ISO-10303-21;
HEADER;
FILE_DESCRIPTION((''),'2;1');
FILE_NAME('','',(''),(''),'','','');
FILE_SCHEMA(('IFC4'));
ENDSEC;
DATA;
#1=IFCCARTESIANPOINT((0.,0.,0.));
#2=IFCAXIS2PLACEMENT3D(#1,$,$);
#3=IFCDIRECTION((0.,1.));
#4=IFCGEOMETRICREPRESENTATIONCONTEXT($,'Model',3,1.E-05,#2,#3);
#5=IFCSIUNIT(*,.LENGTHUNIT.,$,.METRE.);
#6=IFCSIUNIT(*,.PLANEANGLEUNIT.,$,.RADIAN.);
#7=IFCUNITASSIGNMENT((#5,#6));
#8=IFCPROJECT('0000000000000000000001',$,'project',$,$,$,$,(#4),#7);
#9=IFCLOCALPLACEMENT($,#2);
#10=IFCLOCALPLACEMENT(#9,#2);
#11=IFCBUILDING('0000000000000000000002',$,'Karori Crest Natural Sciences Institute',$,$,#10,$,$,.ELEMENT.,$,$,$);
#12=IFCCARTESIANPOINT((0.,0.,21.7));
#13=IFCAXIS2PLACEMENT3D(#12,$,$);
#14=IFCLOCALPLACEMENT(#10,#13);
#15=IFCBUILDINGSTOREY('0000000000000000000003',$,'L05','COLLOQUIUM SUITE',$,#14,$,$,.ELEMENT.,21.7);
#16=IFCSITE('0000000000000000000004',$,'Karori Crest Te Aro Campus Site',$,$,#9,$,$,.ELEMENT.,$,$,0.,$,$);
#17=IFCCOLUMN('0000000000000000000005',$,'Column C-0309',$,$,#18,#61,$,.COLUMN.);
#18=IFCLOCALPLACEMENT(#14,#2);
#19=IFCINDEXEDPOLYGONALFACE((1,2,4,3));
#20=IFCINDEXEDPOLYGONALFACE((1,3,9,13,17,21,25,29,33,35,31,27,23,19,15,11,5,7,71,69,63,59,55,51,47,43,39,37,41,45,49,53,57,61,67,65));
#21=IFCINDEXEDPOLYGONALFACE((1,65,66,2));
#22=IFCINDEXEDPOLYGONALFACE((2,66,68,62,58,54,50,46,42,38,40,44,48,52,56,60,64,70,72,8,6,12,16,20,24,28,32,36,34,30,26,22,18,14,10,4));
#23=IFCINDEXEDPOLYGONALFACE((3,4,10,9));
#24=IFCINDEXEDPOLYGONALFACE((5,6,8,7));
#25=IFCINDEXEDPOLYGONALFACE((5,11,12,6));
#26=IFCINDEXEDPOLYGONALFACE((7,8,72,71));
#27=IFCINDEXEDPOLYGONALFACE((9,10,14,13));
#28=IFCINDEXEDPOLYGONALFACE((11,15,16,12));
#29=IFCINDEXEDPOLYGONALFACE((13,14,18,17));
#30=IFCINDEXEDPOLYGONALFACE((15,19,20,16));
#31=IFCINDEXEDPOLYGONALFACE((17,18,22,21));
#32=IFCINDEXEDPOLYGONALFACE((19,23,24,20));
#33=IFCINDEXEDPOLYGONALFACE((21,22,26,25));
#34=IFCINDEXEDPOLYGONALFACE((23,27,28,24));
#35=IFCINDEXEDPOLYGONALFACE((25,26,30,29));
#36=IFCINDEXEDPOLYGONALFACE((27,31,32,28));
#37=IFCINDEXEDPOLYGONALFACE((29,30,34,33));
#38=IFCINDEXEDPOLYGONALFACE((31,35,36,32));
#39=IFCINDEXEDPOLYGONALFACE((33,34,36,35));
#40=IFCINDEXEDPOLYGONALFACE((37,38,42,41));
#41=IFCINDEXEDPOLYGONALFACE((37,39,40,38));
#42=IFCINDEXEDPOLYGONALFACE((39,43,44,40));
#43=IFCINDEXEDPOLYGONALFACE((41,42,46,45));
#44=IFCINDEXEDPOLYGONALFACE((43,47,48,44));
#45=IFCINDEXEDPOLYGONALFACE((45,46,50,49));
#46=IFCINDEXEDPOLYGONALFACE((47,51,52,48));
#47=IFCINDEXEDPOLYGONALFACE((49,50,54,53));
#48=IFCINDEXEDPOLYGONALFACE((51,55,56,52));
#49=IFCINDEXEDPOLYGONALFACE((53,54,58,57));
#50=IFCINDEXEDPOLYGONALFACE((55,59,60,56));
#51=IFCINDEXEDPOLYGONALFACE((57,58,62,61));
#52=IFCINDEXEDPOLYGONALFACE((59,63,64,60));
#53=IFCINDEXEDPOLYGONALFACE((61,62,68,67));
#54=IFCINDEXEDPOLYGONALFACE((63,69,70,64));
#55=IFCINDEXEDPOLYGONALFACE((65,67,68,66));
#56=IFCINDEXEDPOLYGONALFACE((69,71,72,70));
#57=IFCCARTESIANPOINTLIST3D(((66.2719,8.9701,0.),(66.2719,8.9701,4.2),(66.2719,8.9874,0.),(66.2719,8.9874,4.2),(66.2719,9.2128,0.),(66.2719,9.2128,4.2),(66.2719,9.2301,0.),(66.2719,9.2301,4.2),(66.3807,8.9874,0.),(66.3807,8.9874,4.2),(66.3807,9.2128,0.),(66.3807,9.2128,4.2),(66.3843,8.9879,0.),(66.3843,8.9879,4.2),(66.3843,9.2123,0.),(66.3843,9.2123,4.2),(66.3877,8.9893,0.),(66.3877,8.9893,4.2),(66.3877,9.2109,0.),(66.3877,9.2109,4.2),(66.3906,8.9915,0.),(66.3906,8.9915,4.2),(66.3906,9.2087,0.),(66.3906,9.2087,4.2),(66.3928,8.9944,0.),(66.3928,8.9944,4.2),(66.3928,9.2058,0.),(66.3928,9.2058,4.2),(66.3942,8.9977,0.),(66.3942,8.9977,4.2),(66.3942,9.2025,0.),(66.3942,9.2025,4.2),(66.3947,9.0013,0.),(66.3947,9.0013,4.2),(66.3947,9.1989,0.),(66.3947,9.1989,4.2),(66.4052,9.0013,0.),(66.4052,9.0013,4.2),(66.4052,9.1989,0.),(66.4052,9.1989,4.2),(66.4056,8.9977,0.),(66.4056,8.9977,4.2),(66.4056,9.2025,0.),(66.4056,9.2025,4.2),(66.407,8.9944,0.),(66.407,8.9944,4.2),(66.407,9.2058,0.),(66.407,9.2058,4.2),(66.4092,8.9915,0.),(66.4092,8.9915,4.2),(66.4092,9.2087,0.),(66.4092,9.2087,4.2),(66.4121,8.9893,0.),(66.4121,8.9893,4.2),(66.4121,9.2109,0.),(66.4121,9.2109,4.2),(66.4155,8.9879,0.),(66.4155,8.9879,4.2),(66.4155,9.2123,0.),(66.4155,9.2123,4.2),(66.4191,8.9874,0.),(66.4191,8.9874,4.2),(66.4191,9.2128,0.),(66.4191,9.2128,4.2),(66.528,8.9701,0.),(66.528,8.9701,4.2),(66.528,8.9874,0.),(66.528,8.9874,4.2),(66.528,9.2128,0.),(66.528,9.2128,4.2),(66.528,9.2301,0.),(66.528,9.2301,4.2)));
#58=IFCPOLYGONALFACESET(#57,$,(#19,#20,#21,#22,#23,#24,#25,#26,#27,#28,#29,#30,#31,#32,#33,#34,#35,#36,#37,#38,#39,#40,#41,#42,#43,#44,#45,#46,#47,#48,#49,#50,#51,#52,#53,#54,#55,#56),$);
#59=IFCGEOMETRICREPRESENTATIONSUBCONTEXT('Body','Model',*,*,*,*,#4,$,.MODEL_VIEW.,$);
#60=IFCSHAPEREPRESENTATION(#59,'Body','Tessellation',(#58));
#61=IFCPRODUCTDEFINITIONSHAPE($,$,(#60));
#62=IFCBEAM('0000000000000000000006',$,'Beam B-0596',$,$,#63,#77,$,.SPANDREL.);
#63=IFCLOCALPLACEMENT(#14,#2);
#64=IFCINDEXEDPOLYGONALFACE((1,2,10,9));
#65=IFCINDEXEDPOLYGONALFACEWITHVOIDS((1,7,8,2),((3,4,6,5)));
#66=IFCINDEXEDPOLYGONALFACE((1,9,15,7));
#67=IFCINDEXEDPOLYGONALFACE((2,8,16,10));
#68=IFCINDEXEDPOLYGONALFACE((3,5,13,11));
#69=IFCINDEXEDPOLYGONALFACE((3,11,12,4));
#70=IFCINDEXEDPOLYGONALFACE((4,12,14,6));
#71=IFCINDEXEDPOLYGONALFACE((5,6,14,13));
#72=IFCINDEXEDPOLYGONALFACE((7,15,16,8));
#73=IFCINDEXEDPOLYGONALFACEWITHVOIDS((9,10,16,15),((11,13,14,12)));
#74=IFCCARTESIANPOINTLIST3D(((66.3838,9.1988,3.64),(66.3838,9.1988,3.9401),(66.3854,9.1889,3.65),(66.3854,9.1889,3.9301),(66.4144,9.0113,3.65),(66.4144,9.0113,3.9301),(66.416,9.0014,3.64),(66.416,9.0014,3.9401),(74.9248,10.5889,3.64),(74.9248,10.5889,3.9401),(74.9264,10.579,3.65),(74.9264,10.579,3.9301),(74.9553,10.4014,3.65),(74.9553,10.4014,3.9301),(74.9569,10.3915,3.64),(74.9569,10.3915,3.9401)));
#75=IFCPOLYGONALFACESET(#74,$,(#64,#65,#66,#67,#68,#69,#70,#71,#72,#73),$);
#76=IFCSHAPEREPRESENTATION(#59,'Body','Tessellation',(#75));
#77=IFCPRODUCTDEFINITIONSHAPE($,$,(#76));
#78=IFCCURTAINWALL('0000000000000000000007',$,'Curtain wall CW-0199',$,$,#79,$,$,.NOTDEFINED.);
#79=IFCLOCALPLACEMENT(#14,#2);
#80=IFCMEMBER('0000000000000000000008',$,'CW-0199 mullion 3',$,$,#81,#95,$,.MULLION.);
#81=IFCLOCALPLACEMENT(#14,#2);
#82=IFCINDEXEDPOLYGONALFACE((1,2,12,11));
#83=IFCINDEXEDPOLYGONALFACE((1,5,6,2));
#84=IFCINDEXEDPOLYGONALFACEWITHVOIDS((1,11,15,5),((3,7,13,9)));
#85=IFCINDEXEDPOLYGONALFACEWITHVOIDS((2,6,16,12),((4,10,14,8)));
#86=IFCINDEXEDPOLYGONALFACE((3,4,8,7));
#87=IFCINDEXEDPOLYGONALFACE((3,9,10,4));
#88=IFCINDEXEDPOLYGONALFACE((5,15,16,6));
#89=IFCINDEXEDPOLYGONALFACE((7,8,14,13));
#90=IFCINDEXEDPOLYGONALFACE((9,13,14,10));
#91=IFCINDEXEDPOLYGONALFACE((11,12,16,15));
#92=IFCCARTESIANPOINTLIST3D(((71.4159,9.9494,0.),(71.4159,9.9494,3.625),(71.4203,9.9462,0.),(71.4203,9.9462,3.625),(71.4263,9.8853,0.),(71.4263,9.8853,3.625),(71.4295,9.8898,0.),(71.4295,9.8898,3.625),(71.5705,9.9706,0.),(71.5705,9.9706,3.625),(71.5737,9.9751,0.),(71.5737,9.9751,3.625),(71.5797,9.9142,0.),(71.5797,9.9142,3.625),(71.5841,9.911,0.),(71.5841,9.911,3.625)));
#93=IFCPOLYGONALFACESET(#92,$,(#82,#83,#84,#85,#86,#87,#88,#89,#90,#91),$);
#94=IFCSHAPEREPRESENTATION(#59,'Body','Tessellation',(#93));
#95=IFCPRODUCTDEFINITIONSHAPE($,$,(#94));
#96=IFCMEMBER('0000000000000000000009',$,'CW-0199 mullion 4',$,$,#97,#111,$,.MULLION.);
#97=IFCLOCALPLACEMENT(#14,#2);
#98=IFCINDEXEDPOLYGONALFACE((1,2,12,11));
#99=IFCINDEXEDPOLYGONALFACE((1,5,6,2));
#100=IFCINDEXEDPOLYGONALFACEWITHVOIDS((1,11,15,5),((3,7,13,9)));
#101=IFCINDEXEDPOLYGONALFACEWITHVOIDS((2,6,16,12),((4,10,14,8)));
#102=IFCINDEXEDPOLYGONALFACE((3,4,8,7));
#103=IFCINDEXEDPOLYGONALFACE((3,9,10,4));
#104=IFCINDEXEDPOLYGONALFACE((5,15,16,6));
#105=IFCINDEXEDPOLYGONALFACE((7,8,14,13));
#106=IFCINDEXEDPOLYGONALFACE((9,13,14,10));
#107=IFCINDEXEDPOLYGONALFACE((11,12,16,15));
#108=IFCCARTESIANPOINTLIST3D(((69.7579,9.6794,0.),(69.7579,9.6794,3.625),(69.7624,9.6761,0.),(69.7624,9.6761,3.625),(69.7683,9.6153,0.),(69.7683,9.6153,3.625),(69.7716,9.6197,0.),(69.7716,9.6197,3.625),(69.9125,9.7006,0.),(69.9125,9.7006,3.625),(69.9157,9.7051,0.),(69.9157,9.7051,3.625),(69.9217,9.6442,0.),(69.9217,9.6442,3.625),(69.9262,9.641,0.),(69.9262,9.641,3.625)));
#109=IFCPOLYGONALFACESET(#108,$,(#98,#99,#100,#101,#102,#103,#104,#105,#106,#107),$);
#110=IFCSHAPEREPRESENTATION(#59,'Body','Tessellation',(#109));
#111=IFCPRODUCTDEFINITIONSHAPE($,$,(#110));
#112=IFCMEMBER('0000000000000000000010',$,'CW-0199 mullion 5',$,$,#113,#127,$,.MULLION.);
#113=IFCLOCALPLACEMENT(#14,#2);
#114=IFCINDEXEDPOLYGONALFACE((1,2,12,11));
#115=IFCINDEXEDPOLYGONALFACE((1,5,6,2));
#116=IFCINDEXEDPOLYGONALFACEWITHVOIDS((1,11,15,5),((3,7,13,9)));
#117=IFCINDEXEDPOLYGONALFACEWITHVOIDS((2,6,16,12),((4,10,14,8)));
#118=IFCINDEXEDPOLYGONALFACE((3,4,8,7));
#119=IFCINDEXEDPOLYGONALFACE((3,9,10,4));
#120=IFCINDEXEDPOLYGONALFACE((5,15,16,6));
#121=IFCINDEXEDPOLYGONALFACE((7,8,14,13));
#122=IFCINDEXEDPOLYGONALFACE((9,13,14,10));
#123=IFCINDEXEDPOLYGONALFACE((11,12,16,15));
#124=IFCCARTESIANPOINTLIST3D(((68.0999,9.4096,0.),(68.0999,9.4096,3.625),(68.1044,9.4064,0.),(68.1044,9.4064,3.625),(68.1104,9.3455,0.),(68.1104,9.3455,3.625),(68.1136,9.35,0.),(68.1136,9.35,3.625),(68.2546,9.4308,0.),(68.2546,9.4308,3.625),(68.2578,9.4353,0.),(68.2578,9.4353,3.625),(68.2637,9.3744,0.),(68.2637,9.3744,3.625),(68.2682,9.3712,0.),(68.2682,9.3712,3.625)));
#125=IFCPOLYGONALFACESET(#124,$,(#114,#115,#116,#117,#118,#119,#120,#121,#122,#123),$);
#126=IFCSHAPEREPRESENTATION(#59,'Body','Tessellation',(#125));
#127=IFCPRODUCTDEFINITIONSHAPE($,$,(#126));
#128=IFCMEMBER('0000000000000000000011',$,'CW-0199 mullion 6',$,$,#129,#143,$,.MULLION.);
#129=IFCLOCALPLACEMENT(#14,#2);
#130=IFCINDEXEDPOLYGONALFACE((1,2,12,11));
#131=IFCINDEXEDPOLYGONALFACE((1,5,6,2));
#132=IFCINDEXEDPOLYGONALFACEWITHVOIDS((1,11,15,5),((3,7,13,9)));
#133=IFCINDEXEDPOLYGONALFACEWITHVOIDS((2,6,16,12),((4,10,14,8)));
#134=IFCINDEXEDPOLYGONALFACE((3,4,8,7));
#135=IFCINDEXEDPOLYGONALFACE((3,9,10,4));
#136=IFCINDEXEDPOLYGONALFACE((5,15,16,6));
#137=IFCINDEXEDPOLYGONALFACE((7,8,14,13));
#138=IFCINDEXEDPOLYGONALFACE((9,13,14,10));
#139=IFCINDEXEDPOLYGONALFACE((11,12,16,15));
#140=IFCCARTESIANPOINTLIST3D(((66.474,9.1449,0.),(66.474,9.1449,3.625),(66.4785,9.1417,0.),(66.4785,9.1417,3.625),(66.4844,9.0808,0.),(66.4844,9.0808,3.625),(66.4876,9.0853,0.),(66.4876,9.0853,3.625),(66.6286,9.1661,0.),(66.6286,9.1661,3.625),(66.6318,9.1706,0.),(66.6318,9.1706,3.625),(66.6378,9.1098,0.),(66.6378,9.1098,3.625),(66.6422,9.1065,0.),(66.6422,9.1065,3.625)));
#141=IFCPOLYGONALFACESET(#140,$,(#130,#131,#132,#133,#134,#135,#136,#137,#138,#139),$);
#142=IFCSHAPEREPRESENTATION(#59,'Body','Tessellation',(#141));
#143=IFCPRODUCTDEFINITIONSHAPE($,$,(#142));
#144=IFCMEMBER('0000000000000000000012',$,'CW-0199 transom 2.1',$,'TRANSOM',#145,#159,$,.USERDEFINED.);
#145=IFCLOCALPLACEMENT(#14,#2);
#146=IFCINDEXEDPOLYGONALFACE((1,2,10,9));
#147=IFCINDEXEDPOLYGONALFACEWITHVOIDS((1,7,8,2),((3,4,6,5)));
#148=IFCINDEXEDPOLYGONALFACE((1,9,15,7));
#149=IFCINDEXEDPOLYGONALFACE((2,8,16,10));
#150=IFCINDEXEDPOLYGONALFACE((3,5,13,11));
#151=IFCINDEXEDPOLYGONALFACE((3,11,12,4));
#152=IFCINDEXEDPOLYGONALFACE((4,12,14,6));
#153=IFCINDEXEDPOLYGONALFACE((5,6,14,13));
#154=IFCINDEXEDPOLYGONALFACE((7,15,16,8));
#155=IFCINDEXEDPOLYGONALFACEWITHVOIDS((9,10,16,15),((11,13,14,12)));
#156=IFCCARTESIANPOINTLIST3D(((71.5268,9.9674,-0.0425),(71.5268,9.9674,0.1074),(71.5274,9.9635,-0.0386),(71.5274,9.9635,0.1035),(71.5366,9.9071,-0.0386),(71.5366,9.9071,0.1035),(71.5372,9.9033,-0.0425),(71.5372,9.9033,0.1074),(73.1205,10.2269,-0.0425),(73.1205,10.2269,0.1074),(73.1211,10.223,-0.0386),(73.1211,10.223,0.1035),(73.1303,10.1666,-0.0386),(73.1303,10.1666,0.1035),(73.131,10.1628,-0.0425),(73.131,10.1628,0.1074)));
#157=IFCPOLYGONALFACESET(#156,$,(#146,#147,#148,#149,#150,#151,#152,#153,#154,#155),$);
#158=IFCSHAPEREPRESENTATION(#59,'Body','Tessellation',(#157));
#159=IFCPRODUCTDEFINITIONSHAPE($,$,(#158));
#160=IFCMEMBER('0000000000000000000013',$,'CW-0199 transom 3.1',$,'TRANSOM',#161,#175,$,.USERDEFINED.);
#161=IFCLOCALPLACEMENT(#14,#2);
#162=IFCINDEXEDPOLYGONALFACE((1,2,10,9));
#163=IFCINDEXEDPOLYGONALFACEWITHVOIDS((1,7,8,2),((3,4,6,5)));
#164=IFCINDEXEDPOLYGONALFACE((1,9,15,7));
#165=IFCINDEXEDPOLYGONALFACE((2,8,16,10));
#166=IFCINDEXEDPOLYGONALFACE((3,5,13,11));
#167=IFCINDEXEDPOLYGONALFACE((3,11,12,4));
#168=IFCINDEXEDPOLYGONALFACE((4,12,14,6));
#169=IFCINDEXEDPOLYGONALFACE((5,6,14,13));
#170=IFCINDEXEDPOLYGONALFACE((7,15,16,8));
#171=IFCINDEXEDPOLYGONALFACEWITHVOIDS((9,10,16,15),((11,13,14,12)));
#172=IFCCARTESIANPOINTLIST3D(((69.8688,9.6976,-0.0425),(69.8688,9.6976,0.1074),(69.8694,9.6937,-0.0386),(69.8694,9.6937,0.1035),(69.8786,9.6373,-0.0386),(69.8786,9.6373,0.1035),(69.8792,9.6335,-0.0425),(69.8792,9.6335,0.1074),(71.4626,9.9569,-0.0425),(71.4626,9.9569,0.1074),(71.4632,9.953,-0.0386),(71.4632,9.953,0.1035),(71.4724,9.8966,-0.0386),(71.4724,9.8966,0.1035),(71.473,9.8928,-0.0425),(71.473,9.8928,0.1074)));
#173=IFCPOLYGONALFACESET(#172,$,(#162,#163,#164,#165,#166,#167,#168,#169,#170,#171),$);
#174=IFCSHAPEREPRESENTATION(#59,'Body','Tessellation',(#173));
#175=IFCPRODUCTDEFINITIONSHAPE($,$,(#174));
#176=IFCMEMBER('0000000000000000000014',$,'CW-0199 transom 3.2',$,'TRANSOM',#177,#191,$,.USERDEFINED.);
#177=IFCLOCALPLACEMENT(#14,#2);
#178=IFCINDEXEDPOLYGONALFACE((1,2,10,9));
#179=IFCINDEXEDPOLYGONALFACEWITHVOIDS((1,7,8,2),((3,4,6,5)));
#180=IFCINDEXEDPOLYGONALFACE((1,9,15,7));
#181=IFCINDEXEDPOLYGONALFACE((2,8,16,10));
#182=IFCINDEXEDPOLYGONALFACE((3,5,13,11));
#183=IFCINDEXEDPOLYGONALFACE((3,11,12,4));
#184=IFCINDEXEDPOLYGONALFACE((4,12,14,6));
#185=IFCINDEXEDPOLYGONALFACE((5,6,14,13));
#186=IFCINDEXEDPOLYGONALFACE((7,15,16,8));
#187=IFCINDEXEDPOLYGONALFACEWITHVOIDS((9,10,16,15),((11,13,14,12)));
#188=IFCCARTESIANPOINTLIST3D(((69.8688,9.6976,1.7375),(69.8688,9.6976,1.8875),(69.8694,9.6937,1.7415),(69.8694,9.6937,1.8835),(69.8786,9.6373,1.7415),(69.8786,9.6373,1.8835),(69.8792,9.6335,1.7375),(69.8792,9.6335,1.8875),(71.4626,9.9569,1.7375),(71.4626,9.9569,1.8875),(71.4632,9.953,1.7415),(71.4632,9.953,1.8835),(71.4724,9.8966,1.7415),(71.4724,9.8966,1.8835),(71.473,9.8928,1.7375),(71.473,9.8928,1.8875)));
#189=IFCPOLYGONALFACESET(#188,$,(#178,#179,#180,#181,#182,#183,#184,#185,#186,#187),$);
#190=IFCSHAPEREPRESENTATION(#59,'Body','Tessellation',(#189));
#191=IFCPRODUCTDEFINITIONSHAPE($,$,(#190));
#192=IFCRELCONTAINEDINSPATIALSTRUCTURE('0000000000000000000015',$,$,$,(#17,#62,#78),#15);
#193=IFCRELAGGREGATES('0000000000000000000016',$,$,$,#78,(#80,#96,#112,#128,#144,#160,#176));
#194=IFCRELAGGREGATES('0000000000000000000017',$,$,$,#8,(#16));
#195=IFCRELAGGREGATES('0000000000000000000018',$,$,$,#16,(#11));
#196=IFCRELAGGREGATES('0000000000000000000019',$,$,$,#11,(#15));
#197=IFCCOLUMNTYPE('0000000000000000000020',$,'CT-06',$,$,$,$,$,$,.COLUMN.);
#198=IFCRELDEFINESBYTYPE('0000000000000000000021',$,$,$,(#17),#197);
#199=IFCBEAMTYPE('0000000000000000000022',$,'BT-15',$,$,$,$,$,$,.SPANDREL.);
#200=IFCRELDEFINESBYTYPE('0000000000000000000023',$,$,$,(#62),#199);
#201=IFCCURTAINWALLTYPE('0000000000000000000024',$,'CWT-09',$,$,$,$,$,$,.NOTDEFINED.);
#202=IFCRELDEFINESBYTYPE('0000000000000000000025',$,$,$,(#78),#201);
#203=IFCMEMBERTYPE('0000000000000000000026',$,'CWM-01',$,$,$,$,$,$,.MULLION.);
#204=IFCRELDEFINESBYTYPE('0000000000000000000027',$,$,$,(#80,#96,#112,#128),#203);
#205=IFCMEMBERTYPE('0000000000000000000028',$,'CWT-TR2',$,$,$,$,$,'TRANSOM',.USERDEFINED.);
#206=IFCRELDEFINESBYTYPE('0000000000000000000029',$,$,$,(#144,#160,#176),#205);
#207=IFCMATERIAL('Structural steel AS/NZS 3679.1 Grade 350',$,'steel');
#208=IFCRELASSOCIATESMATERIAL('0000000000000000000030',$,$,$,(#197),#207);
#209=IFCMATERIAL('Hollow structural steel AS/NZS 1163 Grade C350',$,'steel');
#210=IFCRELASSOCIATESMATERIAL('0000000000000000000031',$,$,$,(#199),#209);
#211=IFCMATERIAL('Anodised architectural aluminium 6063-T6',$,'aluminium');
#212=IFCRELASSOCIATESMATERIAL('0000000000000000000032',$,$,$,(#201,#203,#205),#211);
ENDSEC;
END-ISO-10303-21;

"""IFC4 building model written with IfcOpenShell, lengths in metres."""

from ifc_helpers import new_model, si_unit, direction, frame, origin, origin_2d, place, context, subcontext, project, spatial, hollow_rectangle, i_section, extrude, material, material_profile, profile_set, type_object, element, aggregate, save


model = new_model("IFC4")

# Units and contexts
model_context = context("Model", 3, precision=1e-05, world=origin(), true_north=direction((0.0, 1.0)))
body_context = subcontext(model_context, "Body", "Model", "MODEL_VIEW")
ifc_project = project(units=[si_unit("LENGTHUNIT", "METRE"), si_unit("PLANEANGLEUNIT", "RADIAN")], contexts=[model_context])

# Site, building, storey
site_placement = place(None, origin())
site = spatial("IfcSite", under=ifc_project, at=site_placement, Name="Karori Crest Te Aro Campus Site", CompositionType="ELEMENT", RefElevation=0.0)
building_placement = place(site_placement, origin())
building = spatial("IfcBuilding", under=site, at=building_placement, Name="Karori Crest Natural Sciences Institute", CompositionType="ELEMENT")
storey_placement = place(building_placement, frame((0.0, 0.0, 21.7)))
storey = spatial("IfcBuildingStorey", under=building, at=storey_placement, Name="L05", Description="COLLOQUIUM SUITE", CompositionType="ELEMENT", Elevation=21.7)

# Column
ifc_material_1 = material(Name="Structural steel AS/NZS 3679.1 Grade 350", Category="steel")
ifc_material_profile_1 = material_profile(ifc_material_1, i_section(OverallWidth=0.2561, OverallDepth=0.26, WebThickness=0.0105, FlangeThickness=0.0173, FilletRadius=0.0139, at=origin_2d()), Name="250UC89.5")
ifc_profile_set_1 = profile_set([ifc_material_profile_1], Name="Structural steel AS/NZS 3679.1 Grade 350")
column_type = type_object("IfcColumnType", Name="CT-06", PredefinedType="COLUMN", material=ifc_profile_set_1)
column_placement = place(storey_placement, frame((66.3999, 9.1001, 0.0), z_axis=(0.0, 0.0, 1.0), x_axis=(1.0, 0.0, 0.0)))
element("IfcColumn", 1, at=column_placement, inside=storey, type_object=column_type, Name="Column C-0309", PredefinedType="COLUMN", context=body_context, shape_type="SweptSolid", body=[
    extrude(i_section(OverallWidth=0.2561, OverallDepth=0.26, WebThickness=0.0105, FlangeThickness=0.0173, FilletRadius=0.0139, at=origin_2d()), origin(), (0.0, 0.0, 1.0), 4.2),
])

# Beam
ifc_material_2 = material(Name="Hollow structural steel AS/NZS 1163 Grade C350", Category="steel")
ifc_material_profile_2 = material_profile(ifc_material_2, hollow_rectangle(XDim=0.2, YDim=0.3, WallThickness=0.01, at=origin_2d()), Name="RHS300x200x10")
ifc_profile_set_2 = profile_set([ifc_material_profile_2], Name="Hollow structural steel AS/NZS 1163 Grade C350")
beam_type = type_object("IfcBeamType", Name="BT-15", PredefinedType="SPANDREL", material=ifc_profile_set_2)
beam_placement = place(storey_placement, frame((66.3999, 9.1001, 3.79), z_axis=(0.987012, 0.160646, 0.0), x_axis=(-0.160646, 0.987012, 0.0)))
element("IfcBeam", 2, at=beam_placement, inside=storey, type_object=beam_type, Name="Beam B-0596", PredefinedType="SPANDREL", context=body_context, shape_type="SweptSolid", body=[
    extrude(hollow_rectangle(XDim=0.2, YDim=0.3, WallThickness=0.01, at=origin_2d()), origin(), (0.0, 0.0, 1.0), 8.6533),
])

# Curtain wall, members
ifc_material_3 = material(Name="Anodised architectural aluminium 6063-T6", Category="aluminium")
curtain_wall_type = type_object("IfcCurtainWallType", Name="CWT-09", PredefinedType="NOTDEFINED", material=ifc_material_3)
curtain_wall_placement = place(storey_placement, origin())
curtain_wall = element("IfcCurtainWall", 3, at=curtain_wall_placement, inside=storey, type_object=curtain_wall_type, Name="Curtain wall CW-0199", PredefinedType="NOTDEFINED")
ifc_material_profile_3 = material_profile(ifc_material_3, hollow_rectangle(XDim=0.0649, YDim=0.1599, WallThickness=0.0039, at=origin_2d()), Name="CWM160x65x4")
ifc_profile_set_3 = profile_set([ifc_material_profile_3], Name="Anodised architectural aluminium 6063-T6")
member_type_1 = type_object("IfcMemberType", Name="CWM-01", PredefinedType="MULLION", material=ifc_profile_set_3)
member_1_placement = place(storey_placement, frame((71.5, 9.9302, 0.0), z_axis=(0.0, 0.0, 1.0), x_axis=(0.16065, -0.987011, 0.0)))
member_1 = element("IfcMember", 4, at=member_1_placement, type_object=member_type_1, Name="CW-0199 mullion 3", PredefinedType="MULLION", context=body_context, shape_type="SweptSolid", body=[
    extrude(hollow_rectangle(XDim=0.0649, YDim=0.1599, WallThickness=0.0039, at=origin_2d()), origin(), (0.0, 0.0, 1.0), 3.625),
])
member_2_placement = place(storey_placement, frame((69.842, 9.6602, 0.0), z_axis=(0.0, 0.0, 1.0), x_axis=(0.16065, -0.987011, 0.0)))
member_2 = element("IfcMember", 5, at=member_2_placement, type_object=member_type_1, Name="CW-0199 mullion 4", PredefinedType="MULLION", context=body_context, shape_type="SweptSolid", body=[
    extrude(hollow_rectangle(XDim=0.0649, YDim=0.1599, WallThickness=0.0039, at=origin_2d()), origin(), (0.0, 0.0, 1.0), 3.625),
])
member_3_placement = place(storey_placement, frame((68.1841, 9.3904, 0.0), z_axis=(0.0, 0.0, 1.0), x_axis=(0.16065, -0.987011, 0.0)))
member_3 = element("IfcMember", 6, at=member_3_placement, type_object=member_type_1, Name="CW-0199 mullion 5", PredefinedType="MULLION", context=body_context, shape_type="SweptSolid", body=[
    extrude(hollow_rectangle(XDim=0.0649, YDim=0.1599, WallThickness=0.0039, at=origin_2d()), origin(), (0.0, 0.0, 1.0), 3.625),
])
member_4_placement = place(storey_placement, frame((66.5581, 9.1257, 0.0), z_axis=(0.0, 0.0, 1.0), x_axis=(0.16065, -0.987011, 0.0)))
member_4 = element("IfcMember", 7, at=member_4_placement, type_object=member_type_1, Name="CW-0199 mullion 6", PredefinedType="MULLION", context=body_context, shape_type="SweptSolid", body=[
    extrude(hollow_rectangle(XDim=0.0649, YDim=0.1599, WallThickness=0.0039, at=origin_2d()), origin(), (0.0, 0.0, 1.0), 3.625),
])
ifc_material_profile_4 = material_profile(ifc_material_3, hollow_rectangle(XDim=0.0649, YDim=0.1499, WallThickness=0.0039, at=origin_2d()), Name="CWT150x65x4")
ifc_profile_set_4 = profile_set([ifc_material_profile_4], Name="Anodised architectural aluminium 6063-T6")
member_type_2 = type_object("IfcMemberType", Name="CWT-TR2", ElementType="TRANSOM", PredefinedType="USERDEFINED", material=ifc_profile_set_4)
member_5_placement = place(storey_placement, frame((73.1257, 10.1948, 0.0325), z_axis=(-0.987, -0.16072, 0.0), x_axis=(0.16072, -0.987, 0.0)))
member_5 = element("IfcMember", 8, at=member_5_placement, type_object=member_type_2, Name="CW-0199 transom 2.1", ObjectType="TRANSOM", PredefinedType="USERDEFINED", context=body_context, shape_type="SweptSolid", body=[
    extrude(hollow_rectangle(XDim=0.0649, YDim=0.1499, WallThickness=0.0039, at=origin_2d()), origin(), (0.0, 0.0, 1.0), 1.6147),
])
member_6_placement = place(storey_placement, frame((71.4678, 9.9248, 0.0325), z_axis=(-0.987024, -0.160573, 0.0), x_axis=(0.160573, -0.987024, 0.0)))
member_6 = element("IfcMember", 9, at=member_6_placement, type_object=member_type_2, Name="CW-0199 transom 3.1", ObjectType="TRANSOM", PredefinedType="USERDEFINED", context=body_context, shape_type="SweptSolid", body=[
    extrude(hollow_rectangle(XDim=0.0649, YDim=0.1499, WallThickness=0.0039, at=origin_2d()), origin(), (0.0, 0.0, 1.0), 1.6147),
])
member_7_placement = place(storey_placement, frame((71.4678, 9.9248, 1.8125), z_axis=(-0.987024, -0.160573, 0.0), x_axis=(0.160573, -0.987024, 0.0)))
member_7 = element("IfcMember", 10, at=member_7_placement, type_object=member_type_2, Name="CW-0199 transom 3.2", ObjectType="TRANSOM", PredefinedType="USERDEFINED", context=body_context, shape_type="SweptSolid", body=[
    extrude(hollow_rectangle(XDim=0.0649, YDim=0.1499, WallThickness=0.0039, at=origin_2d()), origin(), (0.0, 0.0, 1.0), 1.6147),
])
aggregate(curtain_wall, [member_1, member_2, member_3, member_4, member_5, member_6, member_7])

save(model, "model.ifc")
